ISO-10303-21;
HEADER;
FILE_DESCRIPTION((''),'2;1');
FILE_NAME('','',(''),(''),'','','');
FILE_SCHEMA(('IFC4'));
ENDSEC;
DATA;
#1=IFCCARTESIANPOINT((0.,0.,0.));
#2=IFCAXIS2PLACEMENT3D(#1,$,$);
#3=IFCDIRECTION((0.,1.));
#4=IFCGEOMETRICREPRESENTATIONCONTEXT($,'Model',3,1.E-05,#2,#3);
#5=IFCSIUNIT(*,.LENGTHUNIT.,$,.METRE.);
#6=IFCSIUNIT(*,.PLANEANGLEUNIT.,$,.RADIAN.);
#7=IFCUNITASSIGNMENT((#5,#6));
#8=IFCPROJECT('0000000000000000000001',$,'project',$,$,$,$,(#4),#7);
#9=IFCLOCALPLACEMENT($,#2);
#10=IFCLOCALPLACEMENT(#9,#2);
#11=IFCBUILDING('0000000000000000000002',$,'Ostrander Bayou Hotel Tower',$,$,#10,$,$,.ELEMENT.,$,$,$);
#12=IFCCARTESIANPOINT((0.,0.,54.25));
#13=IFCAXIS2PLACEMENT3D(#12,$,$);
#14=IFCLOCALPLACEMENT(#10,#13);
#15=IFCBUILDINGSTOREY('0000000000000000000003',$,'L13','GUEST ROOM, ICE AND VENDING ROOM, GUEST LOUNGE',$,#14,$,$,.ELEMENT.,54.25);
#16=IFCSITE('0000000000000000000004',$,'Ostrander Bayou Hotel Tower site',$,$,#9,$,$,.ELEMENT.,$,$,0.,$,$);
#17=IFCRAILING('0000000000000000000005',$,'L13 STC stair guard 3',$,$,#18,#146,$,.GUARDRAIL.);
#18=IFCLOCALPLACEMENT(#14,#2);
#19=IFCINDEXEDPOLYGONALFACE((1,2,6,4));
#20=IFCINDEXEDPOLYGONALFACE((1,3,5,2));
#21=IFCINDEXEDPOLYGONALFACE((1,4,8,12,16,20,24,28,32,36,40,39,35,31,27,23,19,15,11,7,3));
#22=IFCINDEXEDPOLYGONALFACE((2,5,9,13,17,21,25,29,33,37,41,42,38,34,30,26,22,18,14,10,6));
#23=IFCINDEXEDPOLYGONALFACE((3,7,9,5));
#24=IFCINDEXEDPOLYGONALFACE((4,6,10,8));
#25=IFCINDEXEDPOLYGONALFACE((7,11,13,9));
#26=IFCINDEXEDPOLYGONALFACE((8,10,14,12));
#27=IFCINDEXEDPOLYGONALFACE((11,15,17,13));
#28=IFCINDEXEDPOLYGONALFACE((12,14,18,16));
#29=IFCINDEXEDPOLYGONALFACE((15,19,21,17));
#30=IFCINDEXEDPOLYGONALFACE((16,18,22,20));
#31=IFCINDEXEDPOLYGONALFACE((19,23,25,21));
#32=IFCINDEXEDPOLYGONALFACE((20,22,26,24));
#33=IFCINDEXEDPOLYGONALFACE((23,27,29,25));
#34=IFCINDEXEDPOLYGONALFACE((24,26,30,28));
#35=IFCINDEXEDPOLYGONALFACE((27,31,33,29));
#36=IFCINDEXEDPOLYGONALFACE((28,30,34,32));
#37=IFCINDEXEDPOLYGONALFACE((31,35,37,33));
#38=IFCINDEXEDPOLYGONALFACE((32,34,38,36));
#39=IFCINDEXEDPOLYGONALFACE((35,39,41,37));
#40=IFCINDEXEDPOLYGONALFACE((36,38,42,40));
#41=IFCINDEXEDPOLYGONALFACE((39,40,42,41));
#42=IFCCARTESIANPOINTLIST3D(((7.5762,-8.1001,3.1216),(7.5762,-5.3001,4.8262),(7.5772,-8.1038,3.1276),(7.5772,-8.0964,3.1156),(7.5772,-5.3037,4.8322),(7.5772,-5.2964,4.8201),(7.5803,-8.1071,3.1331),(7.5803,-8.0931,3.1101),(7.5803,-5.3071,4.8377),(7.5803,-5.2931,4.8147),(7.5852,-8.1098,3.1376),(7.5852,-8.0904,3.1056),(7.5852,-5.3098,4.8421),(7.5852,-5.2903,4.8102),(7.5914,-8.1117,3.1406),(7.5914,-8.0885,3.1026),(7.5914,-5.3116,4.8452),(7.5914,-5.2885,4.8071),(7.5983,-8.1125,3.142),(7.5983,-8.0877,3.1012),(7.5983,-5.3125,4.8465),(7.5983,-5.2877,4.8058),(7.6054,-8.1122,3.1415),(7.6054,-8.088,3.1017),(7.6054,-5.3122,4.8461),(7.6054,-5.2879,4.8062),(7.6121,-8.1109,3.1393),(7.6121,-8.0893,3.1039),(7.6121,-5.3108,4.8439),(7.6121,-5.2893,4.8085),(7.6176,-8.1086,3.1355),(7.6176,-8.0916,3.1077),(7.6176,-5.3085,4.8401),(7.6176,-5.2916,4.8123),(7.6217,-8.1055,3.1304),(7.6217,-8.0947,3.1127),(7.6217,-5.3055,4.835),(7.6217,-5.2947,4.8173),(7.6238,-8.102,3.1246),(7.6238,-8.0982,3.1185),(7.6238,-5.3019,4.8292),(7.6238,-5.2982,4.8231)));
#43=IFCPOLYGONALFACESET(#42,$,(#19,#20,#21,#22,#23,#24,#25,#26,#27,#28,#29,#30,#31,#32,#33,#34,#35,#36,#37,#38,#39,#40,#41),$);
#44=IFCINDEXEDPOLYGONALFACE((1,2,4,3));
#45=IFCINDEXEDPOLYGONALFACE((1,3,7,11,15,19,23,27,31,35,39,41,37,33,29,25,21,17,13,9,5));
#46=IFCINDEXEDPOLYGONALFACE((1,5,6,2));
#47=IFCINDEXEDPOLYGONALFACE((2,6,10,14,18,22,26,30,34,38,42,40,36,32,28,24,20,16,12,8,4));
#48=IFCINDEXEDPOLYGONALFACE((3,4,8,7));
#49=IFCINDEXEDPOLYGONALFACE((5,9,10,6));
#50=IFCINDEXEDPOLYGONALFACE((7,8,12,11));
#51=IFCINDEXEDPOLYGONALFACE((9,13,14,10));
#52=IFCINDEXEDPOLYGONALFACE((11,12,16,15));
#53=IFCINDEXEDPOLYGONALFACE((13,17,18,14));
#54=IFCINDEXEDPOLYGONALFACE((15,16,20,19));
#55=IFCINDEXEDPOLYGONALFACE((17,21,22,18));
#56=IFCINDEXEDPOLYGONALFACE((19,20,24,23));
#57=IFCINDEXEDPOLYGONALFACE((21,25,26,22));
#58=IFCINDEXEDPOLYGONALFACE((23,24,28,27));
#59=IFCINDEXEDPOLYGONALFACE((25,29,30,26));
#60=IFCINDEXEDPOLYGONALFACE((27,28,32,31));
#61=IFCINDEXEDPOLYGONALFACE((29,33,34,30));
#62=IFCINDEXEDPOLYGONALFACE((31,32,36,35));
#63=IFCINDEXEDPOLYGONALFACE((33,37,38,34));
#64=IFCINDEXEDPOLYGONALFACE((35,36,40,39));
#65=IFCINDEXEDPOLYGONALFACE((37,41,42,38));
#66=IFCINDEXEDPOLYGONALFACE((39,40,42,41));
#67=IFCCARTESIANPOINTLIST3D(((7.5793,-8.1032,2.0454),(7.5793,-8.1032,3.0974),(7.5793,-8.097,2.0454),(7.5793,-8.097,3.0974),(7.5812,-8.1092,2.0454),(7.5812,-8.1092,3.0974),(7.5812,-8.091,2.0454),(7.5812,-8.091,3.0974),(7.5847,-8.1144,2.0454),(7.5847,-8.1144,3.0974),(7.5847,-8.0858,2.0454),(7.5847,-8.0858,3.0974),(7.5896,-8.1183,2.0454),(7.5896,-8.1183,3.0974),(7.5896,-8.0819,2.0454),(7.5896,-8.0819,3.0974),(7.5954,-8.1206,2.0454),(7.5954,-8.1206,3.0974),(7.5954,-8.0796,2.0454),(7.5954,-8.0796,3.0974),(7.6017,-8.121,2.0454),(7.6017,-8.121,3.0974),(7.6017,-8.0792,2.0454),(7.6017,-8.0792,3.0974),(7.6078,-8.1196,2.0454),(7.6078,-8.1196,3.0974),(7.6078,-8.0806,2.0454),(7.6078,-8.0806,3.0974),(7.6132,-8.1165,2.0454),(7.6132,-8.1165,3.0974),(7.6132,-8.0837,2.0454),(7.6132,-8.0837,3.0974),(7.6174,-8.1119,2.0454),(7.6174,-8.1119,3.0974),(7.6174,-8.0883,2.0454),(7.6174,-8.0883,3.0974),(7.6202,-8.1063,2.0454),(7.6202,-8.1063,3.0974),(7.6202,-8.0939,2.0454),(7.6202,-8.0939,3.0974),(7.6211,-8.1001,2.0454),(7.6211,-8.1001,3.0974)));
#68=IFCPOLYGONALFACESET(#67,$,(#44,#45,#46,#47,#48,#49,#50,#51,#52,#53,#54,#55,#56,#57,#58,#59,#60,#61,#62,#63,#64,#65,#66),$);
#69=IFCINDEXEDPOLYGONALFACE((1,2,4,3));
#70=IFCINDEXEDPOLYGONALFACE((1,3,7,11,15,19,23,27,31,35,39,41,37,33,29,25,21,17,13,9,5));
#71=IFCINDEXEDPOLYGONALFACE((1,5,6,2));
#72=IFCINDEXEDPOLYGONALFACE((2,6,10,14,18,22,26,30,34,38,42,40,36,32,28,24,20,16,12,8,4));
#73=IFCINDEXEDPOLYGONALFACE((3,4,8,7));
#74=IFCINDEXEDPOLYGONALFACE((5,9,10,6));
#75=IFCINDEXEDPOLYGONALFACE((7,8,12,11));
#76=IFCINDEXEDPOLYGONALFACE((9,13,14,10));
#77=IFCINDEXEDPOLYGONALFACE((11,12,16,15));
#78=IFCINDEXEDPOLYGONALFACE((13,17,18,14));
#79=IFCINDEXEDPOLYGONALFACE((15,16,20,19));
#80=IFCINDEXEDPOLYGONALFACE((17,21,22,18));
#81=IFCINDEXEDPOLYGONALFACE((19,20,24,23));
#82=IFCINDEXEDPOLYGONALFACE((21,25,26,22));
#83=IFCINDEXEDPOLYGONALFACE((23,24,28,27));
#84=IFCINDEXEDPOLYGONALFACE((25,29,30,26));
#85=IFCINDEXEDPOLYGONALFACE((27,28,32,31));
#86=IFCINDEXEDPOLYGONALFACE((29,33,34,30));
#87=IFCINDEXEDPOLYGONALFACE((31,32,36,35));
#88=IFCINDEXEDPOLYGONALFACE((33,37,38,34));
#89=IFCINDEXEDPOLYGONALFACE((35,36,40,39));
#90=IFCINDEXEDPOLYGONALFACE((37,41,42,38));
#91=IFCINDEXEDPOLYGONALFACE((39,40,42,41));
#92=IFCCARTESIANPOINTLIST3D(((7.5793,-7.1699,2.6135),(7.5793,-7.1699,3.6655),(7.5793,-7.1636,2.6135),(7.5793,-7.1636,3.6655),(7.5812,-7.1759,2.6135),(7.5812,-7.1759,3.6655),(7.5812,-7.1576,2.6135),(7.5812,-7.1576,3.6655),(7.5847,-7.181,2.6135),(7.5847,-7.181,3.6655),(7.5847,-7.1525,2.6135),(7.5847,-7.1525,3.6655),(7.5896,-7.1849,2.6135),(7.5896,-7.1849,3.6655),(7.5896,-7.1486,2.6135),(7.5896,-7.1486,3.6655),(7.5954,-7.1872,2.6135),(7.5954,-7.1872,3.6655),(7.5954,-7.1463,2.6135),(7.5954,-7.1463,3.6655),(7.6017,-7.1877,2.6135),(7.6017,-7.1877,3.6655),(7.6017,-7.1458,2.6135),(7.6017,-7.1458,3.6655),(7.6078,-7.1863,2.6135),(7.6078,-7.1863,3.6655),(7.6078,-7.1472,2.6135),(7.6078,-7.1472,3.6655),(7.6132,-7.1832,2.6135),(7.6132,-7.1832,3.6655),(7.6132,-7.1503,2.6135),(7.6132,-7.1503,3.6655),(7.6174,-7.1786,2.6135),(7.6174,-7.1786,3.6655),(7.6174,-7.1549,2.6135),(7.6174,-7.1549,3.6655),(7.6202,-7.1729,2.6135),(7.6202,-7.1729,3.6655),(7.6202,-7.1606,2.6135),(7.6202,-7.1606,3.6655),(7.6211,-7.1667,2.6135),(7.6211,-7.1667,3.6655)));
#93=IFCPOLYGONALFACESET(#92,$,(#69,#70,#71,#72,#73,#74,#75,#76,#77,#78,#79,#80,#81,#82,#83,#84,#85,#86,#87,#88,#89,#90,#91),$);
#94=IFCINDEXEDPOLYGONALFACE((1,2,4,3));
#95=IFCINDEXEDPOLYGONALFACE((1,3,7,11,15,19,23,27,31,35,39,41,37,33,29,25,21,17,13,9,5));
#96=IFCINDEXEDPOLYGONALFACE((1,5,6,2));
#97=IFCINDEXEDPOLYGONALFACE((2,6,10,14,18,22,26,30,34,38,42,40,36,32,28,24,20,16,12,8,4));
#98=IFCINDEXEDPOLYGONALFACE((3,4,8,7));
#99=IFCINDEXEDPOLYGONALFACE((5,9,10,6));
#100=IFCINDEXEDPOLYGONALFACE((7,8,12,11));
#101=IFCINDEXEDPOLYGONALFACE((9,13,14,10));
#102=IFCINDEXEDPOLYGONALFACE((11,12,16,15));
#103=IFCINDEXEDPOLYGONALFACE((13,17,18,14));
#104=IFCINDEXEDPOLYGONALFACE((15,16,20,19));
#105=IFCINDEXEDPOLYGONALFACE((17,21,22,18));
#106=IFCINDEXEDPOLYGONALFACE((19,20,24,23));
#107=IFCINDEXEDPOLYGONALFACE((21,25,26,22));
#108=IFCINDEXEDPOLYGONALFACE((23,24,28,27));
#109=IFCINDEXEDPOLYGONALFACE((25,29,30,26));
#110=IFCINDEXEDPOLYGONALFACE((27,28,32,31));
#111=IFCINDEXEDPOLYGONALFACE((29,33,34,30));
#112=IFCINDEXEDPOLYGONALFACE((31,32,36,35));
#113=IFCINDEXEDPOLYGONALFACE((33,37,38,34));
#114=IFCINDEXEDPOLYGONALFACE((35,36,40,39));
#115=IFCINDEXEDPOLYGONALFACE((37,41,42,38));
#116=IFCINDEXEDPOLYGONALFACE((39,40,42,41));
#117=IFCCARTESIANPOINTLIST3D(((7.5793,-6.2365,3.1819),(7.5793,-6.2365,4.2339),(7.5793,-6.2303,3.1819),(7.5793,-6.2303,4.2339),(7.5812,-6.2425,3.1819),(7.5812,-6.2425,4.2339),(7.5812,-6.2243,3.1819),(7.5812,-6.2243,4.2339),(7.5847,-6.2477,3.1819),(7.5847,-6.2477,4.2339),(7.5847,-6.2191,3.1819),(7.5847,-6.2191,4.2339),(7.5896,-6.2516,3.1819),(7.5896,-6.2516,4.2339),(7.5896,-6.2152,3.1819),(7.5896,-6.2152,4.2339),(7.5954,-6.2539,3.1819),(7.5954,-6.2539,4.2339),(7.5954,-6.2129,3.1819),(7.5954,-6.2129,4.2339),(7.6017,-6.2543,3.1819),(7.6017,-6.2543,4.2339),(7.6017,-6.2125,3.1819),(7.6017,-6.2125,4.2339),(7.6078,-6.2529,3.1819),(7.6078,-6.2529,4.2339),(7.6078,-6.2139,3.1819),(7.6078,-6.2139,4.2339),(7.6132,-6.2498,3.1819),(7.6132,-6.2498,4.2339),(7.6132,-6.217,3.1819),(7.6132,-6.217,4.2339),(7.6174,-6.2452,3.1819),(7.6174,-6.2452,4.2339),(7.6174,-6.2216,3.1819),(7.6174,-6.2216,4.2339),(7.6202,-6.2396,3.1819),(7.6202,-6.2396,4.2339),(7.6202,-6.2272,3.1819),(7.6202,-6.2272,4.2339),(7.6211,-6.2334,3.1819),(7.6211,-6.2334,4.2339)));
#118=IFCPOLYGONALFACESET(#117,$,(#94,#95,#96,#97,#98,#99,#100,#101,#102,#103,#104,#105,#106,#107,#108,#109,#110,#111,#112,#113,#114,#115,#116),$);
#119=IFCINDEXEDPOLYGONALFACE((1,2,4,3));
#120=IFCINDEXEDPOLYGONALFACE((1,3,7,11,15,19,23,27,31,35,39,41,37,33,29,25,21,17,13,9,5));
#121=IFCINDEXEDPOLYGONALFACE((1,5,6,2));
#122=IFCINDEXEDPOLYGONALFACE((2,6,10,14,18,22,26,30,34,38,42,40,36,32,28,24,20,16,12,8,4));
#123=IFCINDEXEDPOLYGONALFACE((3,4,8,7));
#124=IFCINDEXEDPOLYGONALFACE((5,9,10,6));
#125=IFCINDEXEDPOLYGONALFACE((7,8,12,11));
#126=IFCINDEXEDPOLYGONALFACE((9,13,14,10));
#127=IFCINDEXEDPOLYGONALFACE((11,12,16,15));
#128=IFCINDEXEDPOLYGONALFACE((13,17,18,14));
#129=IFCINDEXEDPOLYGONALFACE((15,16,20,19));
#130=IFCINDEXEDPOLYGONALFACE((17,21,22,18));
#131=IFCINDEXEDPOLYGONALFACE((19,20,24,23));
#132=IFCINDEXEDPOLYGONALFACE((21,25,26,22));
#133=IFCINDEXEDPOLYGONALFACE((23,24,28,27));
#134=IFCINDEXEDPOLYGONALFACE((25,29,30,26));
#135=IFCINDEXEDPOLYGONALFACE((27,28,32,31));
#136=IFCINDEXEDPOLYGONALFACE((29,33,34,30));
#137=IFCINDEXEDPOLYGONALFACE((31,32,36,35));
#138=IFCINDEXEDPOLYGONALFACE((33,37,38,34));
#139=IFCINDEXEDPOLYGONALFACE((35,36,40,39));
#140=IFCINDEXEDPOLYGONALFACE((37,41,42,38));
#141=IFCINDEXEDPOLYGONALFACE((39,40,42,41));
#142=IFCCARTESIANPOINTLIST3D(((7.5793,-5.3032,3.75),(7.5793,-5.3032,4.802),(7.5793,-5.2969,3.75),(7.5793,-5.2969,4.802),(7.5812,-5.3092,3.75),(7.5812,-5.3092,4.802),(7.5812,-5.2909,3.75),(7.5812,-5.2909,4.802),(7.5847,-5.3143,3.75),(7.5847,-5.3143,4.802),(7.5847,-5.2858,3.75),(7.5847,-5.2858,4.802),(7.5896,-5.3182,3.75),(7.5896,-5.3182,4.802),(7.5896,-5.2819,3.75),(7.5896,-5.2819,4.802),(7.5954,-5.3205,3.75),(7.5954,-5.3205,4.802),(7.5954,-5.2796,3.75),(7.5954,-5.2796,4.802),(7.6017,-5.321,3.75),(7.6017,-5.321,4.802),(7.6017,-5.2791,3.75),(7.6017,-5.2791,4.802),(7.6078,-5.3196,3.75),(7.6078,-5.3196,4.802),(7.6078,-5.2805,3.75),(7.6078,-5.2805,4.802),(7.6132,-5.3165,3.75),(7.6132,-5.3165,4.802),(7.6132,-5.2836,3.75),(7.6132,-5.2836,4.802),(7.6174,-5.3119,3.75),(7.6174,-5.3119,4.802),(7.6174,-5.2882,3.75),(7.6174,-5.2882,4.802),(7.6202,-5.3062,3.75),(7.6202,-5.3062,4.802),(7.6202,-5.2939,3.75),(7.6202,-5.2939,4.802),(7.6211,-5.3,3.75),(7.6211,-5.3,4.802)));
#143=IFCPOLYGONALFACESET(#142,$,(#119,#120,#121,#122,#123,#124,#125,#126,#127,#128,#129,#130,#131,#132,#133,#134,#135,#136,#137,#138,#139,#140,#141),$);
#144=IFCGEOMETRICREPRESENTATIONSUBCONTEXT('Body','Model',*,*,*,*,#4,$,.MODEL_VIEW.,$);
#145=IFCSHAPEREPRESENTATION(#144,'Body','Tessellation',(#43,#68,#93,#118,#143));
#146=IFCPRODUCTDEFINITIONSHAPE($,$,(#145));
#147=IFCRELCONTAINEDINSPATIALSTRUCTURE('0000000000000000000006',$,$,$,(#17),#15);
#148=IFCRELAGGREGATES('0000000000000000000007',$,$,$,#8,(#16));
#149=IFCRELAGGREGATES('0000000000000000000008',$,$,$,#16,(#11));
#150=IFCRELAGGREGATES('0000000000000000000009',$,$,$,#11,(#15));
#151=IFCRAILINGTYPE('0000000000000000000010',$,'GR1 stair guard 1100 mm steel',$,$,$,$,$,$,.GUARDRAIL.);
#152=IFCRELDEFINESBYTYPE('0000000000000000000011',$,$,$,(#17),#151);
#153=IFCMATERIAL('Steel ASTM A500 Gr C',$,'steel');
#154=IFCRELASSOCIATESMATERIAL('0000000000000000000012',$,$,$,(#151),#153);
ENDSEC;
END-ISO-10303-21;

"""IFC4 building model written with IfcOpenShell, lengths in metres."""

from ifc_helpers import new_model, si_unit, direction, frame, origin, origin_2d, place, context, subcontext, project, spatial, circle, extrude, material, type_object, element, save


model = new_model("IFC4")

# Units and contexts
model_context = context("Model", 3, precision=1e-05, world=origin(), true_north=direction((0.0, 1.0)))
body_context = subcontext(model_context, "Body", "Model", "MODEL_VIEW")
ifc_project = project(units=[si_unit("LENGTHUNIT", "METRE"), si_unit("PLANEANGLEUNIT", "RADIAN")], contexts=[model_context])

# Site, building, storey
site_placement = place(None, origin())
site = spatial("IfcSite", under=ifc_project, at=site_placement, Name="Ostrander Bayou Hotel Tower site", CompositionType="ELEMENT", RefElevation=0.0)
building_placement = place(site_placement, origin())
building = spatial("IfcBuilding", under=site, at=building_placement, Name="Ostrander Bayou Hotel Tower", CompositionType="ELEMENT")
storey_placement = place(building_placement, frame((0.0, 0.0, 54.25)))
storey = spatial("IfcBuildingStorey", under=building, at=storey_placement, Name="L13", Description="GUEST ROOM, ICE AND VENDING ROOM, GUEST LOUNGE", CompositionType="ELEMENT", Elevation=54.25)

# Railing
ifc_material_1 = material(Name="Steel ASTM A500 Gr C", Category="steel")
railing_type_1 = type_object("IfcRailingType", Name="GR1 stair guard 1100 mm steel", PredefinedType="GUARDRAIL", material=ifc_material_1)
railing_1_placement = place(storey_placement, frame((7.6001, -8.1001, 2.0454)))
element("IfcRailing", 1, at=railing_1_placement, inside=storey, type_object=railing_type_1, Name="L13 STC stair guard 3", PredefinedType="GUARDRAIL", context=body_context, shape_type="SweptSolid", body=[
    extrude(circle(Radius=0.0239, at=origin_2d()), frame((0.0, 0.0, 1.0762), z_axis=(0.0, 0.85417, 0.519994), x_axis=(-1.0, 0.0, 0.0)), (0.0, 0.0, 1.0), 3.2781),
    extrude(circle(Radius=0.021, at=origin_2d()), origin(), (0.0, 0.0, 1.0), 1.052),
    extrude(circle(Radius=0.021, at=origin_2d()), frame((0.0, 0.9333, 0.5681)), (0.0, 0.0, 1.0), 1.052),
    extrude(circle(Radius=0.021, at=origin_2d()), frame((0.0, 1.8667, 1.1365)), (0.0, 0.0, 1.0), 1.052),
    extrude(circle(Radius=0.021, at=origin_2d()), frame((0.0, 2.8, 1.7046)), (0.0, 0.0, 1.0), 1.052),
])

save(model, "model.ifc")
